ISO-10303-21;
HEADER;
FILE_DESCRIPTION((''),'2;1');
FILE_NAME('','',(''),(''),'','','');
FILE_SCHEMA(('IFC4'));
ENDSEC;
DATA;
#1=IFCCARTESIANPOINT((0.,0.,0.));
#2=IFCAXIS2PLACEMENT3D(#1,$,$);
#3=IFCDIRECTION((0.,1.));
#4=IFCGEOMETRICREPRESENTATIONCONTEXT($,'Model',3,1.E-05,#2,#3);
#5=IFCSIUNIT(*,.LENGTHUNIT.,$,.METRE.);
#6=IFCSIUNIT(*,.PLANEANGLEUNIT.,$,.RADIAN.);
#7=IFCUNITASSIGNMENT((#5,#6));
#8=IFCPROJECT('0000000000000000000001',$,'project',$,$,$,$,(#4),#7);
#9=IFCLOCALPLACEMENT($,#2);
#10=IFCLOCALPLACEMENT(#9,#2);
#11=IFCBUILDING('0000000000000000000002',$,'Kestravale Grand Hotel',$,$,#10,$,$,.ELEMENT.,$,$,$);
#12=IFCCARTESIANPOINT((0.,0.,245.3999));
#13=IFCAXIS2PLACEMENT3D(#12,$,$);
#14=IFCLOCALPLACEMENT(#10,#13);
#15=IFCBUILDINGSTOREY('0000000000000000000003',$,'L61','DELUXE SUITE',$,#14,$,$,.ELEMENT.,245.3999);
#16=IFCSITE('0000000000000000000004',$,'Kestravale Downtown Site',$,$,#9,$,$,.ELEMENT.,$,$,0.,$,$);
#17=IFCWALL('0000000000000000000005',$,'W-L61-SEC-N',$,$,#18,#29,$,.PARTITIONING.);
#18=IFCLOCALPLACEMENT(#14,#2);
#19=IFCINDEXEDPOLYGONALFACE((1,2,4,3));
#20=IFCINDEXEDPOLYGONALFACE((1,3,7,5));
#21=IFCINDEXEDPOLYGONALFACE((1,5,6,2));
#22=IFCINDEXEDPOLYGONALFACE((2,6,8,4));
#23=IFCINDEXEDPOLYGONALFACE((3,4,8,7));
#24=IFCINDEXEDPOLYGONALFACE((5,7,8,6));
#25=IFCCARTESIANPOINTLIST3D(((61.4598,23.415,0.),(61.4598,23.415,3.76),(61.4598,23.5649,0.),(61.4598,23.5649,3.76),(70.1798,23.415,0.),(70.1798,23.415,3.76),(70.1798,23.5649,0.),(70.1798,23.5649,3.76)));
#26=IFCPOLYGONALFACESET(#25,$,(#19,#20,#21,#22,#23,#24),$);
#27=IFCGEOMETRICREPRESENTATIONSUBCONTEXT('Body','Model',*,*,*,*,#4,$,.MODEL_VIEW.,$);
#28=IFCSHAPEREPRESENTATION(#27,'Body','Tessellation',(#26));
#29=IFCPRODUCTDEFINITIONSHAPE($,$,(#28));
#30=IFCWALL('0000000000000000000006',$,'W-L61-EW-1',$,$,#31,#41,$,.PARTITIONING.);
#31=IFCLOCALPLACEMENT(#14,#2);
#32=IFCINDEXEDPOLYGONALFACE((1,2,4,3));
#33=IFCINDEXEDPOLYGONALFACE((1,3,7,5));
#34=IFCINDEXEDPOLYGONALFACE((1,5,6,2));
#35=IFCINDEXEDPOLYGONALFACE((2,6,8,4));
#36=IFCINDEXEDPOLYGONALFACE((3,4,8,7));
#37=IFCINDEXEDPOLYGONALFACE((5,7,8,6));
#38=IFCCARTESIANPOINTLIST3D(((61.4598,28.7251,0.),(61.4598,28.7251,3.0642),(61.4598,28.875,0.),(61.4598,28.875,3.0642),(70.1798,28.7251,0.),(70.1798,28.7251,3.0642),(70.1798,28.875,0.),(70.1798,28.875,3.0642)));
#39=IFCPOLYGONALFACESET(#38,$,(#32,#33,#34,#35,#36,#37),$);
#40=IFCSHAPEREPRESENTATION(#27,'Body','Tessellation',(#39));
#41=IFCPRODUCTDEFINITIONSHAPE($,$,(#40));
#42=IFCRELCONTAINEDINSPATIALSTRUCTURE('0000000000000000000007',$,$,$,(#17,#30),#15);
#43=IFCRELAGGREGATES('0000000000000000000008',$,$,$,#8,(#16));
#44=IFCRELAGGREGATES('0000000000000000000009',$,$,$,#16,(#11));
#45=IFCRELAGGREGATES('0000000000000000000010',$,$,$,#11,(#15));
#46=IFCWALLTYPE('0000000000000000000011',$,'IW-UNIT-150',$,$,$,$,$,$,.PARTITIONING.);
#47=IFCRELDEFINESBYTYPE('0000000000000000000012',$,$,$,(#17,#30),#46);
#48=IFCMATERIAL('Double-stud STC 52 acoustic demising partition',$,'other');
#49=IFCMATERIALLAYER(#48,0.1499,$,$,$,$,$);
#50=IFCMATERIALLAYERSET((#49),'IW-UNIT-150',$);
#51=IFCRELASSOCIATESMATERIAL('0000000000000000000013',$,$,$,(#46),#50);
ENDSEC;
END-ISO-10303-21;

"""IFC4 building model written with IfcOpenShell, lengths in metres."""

from ifc_helpers import new_model, si_unit, direction, frame, frame_2d, origin, place, context, subcontext, project, spatial, rectangle, extrude, material, layer, layer_set, type_object, element, save


model = new_model("IFC4")

# Units and contexts
model_context = context("Model", 3, precision=1e-05, world=origin(), true_north=direction((0.0, 1.0)))
body_context = subcontext(model_context, "Body", "Model", "MODEL_VIEW")
ifc_project = project(units=[si_unit("LENGTHUNIT", "METRE"), si_unit("PLANEANGLEUNIT", "RADIAN")], contexts=[model_context])

# Site, building, storey
site_placement = place(None, origin())
site = spatial("IfcSite", under=ifc_project, at=site_placement, Name="Kestravale Downtown Site", CompositionType="ELEMENT", RefElevation=0.0)
building_placement = place(site_placement, origin())
building = spatial("IfcBuilding", under=site, at=building_placement, Name="Kestravale Grand Hotel", CompositionType="ELEMENT")
storey_placement = place(building_placement, frame((0.0, 0.0, 245.3999)))
storey = spatial("IfcBuildingStorey", under=building, at=storey_placement, Name="L61", Description="DELUXE SUITE", CompositionType="ELEMENT", Elevation=245.3999)

# Walls
ifc_material_1 = material(Name="Double-stud STC 52 acoustic demising partition", Category="other")
ifc_layer_1 = layer(ifc_material_1, 0.1499)
ifc_layer_set_1 = layer_set([ifc_layer_1], Name="IW-UNIT-150")
wall_type_1 = type_object("IfcWallType", Name="IW-UNIT-150", PredefinedType="PARTITIONING", material=ifc_layer_set_1)
wall_1_placement = place(storey_placement, frame((61.46, 23.49, 0.0), z_axis=(0.0, 0.0, 1.0), x_axis=(1.0, 0.0, 0.0)))
element("IfcWall", 1, at=wall_1_placement, inside=storey, type_object=wall_type_1, Name="W-L61-SEC-N", PredefinedType="PARTITIONING", context=body_context, shape_type="SweptSolid", body=[
    extrude(rectangle(XDim=8.72, YDim=0.1499, at=frame_2d((4.3599, 0.0))), origin(), (0.0, 0.0, 1.0), 3.76),
])
wall_2_placement = place(storey_placement, frame((61.46, 28.8, 0.0), z_axis=(0.0, 0.0, 1.0), x_axis=(1.0, 0.0, 0.0)))
element("IfcWall", 2, at=wall_2_placement, inside=storey, type_object=wall_type_1, Name="W-L61-EW-1", PredefinedType="PARTITIONING", context=body_context, shape_type="SweptSolid", body=[
    extrude(rectangle(XDim=8.72, YDim=0.1499, at=frame_2d((4.3599, 0.0))), origin(), (0.0, 0.0, 1.0), 3.0642),
])

save(model, "model.ifc")
